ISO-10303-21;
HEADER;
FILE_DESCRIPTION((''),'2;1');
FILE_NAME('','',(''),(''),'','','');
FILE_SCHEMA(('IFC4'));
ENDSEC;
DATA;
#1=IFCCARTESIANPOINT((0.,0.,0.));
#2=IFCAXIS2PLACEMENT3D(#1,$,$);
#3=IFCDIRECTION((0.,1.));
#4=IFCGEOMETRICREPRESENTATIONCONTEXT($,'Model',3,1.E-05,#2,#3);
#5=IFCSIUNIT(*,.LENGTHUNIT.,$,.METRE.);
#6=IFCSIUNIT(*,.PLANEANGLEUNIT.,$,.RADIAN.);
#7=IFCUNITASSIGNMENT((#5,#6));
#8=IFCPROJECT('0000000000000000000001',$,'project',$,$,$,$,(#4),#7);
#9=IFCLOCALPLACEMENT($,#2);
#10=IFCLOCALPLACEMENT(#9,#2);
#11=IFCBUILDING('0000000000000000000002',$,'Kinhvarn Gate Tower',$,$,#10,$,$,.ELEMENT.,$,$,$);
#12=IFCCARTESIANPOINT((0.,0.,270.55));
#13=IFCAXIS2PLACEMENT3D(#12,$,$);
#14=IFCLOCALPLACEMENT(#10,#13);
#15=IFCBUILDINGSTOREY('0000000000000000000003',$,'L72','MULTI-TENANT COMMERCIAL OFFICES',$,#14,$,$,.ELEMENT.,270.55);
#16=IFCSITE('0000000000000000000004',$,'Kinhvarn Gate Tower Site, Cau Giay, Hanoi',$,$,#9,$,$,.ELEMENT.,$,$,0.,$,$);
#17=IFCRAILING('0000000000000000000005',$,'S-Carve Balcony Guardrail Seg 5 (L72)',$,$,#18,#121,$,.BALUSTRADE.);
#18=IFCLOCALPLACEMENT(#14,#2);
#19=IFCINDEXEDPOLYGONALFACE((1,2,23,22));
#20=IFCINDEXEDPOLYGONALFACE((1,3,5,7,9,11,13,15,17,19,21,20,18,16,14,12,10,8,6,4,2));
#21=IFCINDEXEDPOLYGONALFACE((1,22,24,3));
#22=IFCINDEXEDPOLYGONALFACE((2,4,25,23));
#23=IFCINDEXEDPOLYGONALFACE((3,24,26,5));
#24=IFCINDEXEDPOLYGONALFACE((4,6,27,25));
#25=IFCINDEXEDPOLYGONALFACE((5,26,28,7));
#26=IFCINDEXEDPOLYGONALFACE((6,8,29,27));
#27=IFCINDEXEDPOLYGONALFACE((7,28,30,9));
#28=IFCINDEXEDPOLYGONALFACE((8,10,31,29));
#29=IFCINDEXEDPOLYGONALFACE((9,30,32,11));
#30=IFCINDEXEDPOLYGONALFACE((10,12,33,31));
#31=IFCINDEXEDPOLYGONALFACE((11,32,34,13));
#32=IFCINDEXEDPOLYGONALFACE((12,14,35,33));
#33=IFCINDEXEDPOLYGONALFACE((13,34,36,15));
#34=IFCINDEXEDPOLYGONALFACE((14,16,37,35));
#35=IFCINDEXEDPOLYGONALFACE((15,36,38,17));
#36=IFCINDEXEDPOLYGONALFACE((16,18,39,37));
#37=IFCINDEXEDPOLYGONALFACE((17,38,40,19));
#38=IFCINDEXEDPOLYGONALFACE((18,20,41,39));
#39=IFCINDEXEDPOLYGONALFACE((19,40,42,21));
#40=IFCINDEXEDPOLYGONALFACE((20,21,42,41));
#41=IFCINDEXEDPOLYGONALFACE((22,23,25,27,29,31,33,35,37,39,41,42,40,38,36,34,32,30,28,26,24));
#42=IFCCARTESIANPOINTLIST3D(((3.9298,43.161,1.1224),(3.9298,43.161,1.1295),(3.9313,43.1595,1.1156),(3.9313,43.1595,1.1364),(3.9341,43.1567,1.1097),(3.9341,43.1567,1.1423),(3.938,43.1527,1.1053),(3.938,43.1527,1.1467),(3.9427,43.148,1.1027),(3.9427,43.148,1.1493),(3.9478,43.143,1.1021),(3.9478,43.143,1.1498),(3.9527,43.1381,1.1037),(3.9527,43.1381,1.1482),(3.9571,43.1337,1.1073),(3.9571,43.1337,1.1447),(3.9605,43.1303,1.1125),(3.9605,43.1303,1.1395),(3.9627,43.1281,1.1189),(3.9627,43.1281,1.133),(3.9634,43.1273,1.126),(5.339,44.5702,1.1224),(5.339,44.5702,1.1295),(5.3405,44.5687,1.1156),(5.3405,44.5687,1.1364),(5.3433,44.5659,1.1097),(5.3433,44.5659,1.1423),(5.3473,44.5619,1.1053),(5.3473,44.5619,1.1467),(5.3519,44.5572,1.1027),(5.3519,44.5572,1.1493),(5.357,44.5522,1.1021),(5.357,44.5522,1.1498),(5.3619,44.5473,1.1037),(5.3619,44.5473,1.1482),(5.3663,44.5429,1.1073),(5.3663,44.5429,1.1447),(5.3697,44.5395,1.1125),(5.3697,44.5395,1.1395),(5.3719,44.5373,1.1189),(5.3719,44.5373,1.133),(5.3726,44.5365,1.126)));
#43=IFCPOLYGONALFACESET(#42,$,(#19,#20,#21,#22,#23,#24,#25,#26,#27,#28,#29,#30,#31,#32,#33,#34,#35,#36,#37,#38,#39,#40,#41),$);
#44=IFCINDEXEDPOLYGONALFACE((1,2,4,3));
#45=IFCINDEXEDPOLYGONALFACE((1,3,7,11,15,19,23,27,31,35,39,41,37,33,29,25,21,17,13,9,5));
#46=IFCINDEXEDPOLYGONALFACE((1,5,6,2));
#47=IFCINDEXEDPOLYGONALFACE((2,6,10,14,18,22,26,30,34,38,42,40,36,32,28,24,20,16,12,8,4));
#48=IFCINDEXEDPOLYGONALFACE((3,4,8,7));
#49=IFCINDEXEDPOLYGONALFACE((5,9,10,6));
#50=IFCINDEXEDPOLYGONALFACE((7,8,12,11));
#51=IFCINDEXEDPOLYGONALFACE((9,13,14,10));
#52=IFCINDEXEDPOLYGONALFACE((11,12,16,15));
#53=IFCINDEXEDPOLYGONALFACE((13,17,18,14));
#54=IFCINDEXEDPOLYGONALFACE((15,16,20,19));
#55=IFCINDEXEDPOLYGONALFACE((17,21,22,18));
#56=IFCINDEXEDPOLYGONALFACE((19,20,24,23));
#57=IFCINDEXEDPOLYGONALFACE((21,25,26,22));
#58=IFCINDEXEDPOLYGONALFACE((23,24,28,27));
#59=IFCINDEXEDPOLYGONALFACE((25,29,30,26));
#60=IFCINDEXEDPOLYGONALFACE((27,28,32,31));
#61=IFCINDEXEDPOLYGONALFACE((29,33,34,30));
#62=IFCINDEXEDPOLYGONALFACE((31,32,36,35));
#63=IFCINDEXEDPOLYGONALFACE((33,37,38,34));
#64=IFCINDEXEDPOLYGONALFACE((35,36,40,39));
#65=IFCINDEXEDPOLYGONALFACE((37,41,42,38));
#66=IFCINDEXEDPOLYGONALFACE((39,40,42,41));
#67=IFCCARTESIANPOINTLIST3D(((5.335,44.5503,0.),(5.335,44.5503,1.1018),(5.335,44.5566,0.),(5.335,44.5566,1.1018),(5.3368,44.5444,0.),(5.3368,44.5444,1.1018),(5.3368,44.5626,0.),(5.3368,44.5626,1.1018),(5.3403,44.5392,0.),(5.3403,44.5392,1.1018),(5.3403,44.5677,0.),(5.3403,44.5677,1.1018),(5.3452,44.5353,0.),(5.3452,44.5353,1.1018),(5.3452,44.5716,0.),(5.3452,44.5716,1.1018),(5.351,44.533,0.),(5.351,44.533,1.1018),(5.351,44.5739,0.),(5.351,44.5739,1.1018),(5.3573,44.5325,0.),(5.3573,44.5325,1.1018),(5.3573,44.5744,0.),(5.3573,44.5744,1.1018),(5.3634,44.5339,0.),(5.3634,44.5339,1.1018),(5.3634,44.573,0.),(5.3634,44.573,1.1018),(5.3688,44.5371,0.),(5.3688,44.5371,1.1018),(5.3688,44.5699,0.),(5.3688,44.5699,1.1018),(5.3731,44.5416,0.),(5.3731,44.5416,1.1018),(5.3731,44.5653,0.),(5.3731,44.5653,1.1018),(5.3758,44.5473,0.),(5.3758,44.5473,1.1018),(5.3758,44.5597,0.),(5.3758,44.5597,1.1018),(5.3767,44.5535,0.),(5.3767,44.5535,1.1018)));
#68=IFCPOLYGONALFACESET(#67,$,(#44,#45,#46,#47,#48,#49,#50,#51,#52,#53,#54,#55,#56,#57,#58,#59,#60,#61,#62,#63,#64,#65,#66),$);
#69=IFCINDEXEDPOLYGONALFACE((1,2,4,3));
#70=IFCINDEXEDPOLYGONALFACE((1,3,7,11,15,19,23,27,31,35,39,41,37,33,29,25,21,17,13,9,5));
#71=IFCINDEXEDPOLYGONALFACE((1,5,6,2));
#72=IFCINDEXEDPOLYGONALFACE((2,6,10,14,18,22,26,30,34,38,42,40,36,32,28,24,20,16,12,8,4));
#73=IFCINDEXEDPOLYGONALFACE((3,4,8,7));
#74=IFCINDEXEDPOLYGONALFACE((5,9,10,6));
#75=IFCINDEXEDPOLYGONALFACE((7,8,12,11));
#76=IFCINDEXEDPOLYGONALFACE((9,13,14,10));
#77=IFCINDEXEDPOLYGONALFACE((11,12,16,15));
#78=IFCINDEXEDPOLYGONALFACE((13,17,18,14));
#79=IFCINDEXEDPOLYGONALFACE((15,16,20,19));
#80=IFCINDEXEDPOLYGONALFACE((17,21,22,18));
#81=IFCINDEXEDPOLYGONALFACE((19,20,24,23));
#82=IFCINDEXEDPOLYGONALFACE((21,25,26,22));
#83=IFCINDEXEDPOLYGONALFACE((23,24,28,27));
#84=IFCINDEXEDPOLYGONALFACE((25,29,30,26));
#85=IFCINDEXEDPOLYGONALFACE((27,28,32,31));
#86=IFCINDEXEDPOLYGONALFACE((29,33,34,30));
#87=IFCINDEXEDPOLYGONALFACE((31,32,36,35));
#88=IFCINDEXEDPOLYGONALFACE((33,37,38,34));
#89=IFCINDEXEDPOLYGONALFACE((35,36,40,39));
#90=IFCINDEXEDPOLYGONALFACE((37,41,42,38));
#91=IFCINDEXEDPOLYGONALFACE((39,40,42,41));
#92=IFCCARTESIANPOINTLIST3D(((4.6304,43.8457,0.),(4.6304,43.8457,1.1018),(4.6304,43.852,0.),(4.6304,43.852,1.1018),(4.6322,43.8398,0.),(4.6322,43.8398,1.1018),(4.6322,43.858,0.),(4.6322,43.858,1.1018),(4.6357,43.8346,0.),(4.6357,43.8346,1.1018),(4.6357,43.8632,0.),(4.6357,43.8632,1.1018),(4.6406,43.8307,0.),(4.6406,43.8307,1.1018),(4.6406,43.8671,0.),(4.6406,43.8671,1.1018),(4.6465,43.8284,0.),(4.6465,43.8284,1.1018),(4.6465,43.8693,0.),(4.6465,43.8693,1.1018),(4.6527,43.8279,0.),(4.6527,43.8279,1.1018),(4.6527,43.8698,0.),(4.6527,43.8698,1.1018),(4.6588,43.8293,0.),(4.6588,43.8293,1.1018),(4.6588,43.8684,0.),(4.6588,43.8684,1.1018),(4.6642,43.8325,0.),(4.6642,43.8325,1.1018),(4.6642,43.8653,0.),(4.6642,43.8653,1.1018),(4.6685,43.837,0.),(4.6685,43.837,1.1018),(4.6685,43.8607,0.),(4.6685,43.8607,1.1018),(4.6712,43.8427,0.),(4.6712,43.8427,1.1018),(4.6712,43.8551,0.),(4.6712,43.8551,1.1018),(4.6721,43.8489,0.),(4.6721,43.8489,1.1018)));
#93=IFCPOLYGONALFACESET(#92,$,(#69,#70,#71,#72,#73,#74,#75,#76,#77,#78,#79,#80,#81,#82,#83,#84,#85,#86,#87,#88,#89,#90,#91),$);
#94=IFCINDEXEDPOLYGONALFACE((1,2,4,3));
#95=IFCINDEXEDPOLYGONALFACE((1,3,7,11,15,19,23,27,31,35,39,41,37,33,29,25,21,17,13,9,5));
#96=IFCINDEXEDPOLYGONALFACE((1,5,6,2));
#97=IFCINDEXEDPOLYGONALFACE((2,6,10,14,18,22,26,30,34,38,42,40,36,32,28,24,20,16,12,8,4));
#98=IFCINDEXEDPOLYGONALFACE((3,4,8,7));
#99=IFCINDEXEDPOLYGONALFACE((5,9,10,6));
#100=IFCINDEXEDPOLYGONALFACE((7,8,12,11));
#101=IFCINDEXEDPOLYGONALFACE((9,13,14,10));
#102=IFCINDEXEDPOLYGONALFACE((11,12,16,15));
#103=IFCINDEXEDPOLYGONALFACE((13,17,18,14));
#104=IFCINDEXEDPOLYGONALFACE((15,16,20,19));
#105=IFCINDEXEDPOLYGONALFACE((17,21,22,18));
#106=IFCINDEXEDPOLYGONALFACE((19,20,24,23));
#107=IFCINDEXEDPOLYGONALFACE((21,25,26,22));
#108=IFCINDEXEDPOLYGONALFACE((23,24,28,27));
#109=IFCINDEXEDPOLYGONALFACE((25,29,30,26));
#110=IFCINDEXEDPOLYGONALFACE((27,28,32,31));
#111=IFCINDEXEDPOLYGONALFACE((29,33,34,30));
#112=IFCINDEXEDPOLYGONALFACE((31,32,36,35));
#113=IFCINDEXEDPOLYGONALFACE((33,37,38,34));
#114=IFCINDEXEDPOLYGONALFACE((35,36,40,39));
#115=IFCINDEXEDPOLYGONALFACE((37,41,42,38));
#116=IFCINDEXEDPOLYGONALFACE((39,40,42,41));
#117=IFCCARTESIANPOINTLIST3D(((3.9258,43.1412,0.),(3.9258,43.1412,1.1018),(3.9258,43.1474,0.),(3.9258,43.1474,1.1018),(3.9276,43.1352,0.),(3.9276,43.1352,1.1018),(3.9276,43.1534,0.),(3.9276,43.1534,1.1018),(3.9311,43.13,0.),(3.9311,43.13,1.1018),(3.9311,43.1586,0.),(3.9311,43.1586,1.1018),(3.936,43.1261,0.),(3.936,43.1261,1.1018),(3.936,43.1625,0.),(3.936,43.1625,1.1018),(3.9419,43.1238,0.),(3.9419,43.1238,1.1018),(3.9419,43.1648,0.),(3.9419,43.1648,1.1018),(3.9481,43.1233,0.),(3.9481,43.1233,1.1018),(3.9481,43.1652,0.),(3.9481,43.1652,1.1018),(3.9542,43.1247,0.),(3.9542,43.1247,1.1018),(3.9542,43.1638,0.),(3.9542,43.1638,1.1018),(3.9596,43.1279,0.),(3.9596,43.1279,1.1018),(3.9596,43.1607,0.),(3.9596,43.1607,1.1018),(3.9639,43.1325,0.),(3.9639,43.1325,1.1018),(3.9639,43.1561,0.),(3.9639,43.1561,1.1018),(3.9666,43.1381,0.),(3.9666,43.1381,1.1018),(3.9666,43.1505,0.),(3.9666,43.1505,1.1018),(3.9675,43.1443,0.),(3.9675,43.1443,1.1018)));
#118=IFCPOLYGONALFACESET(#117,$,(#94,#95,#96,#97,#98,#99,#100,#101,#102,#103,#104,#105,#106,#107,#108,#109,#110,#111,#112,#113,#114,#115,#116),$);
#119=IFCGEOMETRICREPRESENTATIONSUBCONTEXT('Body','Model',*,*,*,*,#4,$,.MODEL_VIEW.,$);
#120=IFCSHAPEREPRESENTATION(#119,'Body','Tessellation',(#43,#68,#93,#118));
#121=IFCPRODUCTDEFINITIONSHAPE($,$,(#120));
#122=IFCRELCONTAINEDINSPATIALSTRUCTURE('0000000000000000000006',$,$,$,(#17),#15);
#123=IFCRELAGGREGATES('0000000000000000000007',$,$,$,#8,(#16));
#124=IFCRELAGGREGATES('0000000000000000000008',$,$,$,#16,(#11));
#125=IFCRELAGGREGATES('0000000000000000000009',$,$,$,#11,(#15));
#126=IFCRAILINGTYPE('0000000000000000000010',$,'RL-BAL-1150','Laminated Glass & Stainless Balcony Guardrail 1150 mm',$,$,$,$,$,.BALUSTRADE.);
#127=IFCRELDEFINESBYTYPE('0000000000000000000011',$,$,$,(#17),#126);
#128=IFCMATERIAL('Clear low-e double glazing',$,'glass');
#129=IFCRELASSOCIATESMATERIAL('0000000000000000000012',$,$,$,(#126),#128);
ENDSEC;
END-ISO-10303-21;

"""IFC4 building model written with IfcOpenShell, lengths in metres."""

from ifc_helpers import new_model, si_unit, direction, frame, origin, origin_2d, place, context, subcontext, project, spatial, circle, extrude, material, type_object, element, save


model = new_model("IFC4")

# Units and contexts
model_context = context("Model", 3, precision=1e-05, world=origin(), true_north=direction((0.0, 1.0)))
body_context = subcontext(model_context, "Body", "Model", "MODEL_VIEW")
ifc_project = project(units=[si_unit("LENGTHUNIT", "METRE"), si_unit("PLANEANGLEUNIT", "RADIAN")], contexts=[model_context])

# Site, building, storey
site_placement = place(None, origin())
site = spatial("IfcSite", under=ifc_project, at=site_placement, Name="Kinhvarn Gate Tower Site, Cau Giay, Hanoi", CompositionType="ELEMENT", RefElevation=0.0)
building_placement = place(site_placement, origin())
building = spatial("IfcBuilding", under=site, at=building_placement, Name="Kinhvarn Gate Tower", CompositionType="ELEMENT")
storey_placement = place(building_placement, frame((0.0, 0.0, 270.55)))
storey = spatial("IfcBuildingStorey", under=building, at=storey_placement, Name="L72", Description="MULTI-TENANT COMMERCIAL OFFICES", CompositionType="ELEMENT", Elevation=270.55)

# Shared definitions
ifc_material_1 = material(Name="Clear low-e double glazing", Category="glass")

# Railing
railing_type = type_object("IfcRailingType", Name="RL-BAL-1150", Description="Laminated Glass & Stainless Balcony Guardrail 1150 mm", PredefinedType="BALUSTRADE", material=ifc_material_1)
railing_1_placement = place(storey_placement, frame((5.3557, 44.5535, 0.0)))
element("IfcRailing", 1, at=railing_1_placement, inside=storey, type_object=railing_type, Name="S-Carve Balcony Guardrail Seg 5 (L72)", PredefinedType="BALUSTRADE", context=body_context, shape_type="SweptSolid", body=[
    extrude(circle(Radius=0.0239, at=origin_2d()), frame((0.0, 0.0, 1.126), z_axis=(-0.707107, -0.707107, 0.0), x_axis=(0.707107, -0.707107, 0.0)), (0.0, 0.0, 1.0), 1.9929),
    extrude(circle(Radius=0.021, at=origin_2d()), origin(), (0.0, 0.0, 1.0), 1.1018),
    extrude(circle(Radius=0.021, at=origin_2d()), frame((-0.7046, -0.7046, 0.0)), (0.0, 0.0, 1.0), 1.1018),
    extrude(circle(Radius=0.021, at=origin_2d()), frame((-1.4092, -1.4092, 0.0)), (0.0, 0.0, 1.0), 1.1018),
])

save(model, "model.ifc")
